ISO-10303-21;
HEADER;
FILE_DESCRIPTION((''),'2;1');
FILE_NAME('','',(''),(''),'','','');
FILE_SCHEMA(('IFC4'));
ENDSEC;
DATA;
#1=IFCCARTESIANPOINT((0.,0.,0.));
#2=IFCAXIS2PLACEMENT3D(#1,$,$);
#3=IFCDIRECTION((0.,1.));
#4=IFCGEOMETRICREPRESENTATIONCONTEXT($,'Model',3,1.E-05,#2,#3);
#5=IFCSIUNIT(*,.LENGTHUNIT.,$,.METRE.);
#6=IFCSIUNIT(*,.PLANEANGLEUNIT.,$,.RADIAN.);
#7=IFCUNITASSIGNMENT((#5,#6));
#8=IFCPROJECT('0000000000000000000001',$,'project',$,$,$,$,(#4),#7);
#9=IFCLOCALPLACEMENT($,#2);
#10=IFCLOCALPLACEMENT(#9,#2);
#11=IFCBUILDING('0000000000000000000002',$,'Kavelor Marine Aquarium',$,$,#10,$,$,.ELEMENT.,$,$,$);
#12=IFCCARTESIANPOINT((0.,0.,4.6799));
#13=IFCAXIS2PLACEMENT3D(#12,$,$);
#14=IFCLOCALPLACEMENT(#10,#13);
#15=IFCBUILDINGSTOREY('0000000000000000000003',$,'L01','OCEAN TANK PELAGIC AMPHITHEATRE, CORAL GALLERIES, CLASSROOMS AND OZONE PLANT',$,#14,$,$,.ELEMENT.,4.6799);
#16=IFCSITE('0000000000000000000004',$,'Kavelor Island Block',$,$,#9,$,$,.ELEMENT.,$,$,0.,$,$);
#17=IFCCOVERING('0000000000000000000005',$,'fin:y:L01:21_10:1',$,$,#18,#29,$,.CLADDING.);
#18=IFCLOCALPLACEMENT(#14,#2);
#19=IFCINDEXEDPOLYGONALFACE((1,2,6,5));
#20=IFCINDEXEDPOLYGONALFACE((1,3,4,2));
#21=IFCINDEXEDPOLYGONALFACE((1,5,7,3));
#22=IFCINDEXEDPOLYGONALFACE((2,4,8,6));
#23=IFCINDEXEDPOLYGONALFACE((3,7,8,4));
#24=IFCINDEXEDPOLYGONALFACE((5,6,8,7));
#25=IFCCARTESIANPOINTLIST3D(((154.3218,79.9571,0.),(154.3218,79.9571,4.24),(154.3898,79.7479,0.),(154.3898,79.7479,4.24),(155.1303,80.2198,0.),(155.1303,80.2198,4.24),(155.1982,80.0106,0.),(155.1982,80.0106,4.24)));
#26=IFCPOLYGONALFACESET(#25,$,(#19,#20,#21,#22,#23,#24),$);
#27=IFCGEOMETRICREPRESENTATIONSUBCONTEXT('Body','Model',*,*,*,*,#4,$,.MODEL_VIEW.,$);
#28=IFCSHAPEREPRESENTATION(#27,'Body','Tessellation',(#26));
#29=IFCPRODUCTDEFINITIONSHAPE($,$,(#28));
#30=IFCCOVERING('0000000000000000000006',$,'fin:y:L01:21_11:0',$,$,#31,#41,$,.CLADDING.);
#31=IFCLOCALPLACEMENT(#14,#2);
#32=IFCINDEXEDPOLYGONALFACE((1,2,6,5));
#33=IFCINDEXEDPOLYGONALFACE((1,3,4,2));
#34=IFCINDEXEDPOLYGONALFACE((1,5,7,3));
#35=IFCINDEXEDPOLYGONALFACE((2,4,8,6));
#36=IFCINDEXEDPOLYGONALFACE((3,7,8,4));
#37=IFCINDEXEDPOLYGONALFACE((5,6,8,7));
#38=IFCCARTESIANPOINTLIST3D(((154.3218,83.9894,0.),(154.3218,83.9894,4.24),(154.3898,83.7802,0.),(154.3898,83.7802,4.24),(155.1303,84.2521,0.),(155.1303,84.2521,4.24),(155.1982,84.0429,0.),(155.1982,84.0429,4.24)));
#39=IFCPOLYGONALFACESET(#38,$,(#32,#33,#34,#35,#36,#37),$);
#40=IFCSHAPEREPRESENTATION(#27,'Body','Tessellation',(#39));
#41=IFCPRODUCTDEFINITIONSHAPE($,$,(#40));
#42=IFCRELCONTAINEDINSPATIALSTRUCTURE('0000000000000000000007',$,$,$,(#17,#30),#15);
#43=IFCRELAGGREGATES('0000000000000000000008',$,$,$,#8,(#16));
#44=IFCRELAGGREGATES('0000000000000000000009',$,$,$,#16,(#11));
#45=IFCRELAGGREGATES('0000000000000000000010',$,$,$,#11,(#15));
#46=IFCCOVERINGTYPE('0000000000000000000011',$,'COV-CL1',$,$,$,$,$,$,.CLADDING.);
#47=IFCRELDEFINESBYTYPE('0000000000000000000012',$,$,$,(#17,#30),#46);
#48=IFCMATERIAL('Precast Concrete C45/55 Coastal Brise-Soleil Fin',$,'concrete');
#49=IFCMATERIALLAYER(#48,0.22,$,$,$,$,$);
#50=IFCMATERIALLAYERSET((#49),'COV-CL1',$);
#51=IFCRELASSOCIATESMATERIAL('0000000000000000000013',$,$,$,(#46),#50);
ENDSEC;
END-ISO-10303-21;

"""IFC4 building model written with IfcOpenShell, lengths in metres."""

from ifc_helpers import new_model, si_unit, direction, frame, origin, origin_2d, place, context, subcontext, project, spatial, rectangle, extrude, material, layer, layer_set, type_object, element, save


model = new_model("IFC4")

# Units and contexts
model_context = context("Model", 3, precision=1e-05, world=origin(), true_north=direction((0.0, 1.0)))
body_context = subcontext(model_context, "Body", "Model", "MODEL_VIEW")
ifc_project = project(units=[si_unit("LENGTHUNIT", "METRE"), si_unit("PLANEANGLEUNIT", "RADIAN")], contexts=[model_context])

# Site, building, storey
site_placement = place(None, origin())
site = spatial("IfcSite", under=ifc_project, at=site_placement, Name="Kavelor Island Block", CompositionType="ELEMENT", RefElevation=0.0)
building_placement = place(site_placement, origin())
building = spatial("IfcBuilding", under=site, at=building_placement, Name="Kavelor Marine Aquarium", CompositionType="ELEMENT")
storey_placement = place(building_placement, frame((0.0, 0.0, 4.6799)))
storey = spatial("IfcBuildingStorey", under=building, at=storey_placement, Name="L01", Description="OCEAN TANK PELAGIC AMPHITHEATRE, CORAL GALLERIES, CLASSROOMS AND OZONE PLANT", CompositionType="ELEMENT", Elevation=4.6799)

# Coverings
ifc_material_1 = material(Name="Precast Concrete C45/55 Coastal Brise-Soleil Fin", Category="concrete")
ifc_layer_1 = layer(ifc_material_1, 0.22)
ifc_layer_set_1 = layer_set([ifc_layer_1], Name="COV-CL1")
covering_type = type_object("IfcCoveringType", Name="COV-CL1", PredefinedType="CLADDING", material=ifc_layer_set_1)
for number, where, z_axis, x_axis, name in (
    (1, (154.76, 79.9839, 0.0), (0.0, 0.0, 1.0), (0.951057, 0.309017, 0.0), "fin:y:L01:21_10:1"),
    (2, (154.76, 84.0161, 0.0), (0.0, 0.0, 1.0), (0.951057, 0.309017, 0.0), "fin:y:L01:21_11:0"),
):
    element("IfcCovering", number, at=place(storey_placement, frame(where, z_axis=z_axis, x_axis=x_axis)), inside=storey, type_object=covering_type, Name=name, PredefinedType="CLADDING", context=body_context, shape_type="SweptSolid", body=[
        extrude(rectangle(XDim=0.8501, YDim=0.22, at=origin_2d()), origin(), (0.0, 0.0, 1.0), 4.24),
    ])

save(model, "model.ifc")
